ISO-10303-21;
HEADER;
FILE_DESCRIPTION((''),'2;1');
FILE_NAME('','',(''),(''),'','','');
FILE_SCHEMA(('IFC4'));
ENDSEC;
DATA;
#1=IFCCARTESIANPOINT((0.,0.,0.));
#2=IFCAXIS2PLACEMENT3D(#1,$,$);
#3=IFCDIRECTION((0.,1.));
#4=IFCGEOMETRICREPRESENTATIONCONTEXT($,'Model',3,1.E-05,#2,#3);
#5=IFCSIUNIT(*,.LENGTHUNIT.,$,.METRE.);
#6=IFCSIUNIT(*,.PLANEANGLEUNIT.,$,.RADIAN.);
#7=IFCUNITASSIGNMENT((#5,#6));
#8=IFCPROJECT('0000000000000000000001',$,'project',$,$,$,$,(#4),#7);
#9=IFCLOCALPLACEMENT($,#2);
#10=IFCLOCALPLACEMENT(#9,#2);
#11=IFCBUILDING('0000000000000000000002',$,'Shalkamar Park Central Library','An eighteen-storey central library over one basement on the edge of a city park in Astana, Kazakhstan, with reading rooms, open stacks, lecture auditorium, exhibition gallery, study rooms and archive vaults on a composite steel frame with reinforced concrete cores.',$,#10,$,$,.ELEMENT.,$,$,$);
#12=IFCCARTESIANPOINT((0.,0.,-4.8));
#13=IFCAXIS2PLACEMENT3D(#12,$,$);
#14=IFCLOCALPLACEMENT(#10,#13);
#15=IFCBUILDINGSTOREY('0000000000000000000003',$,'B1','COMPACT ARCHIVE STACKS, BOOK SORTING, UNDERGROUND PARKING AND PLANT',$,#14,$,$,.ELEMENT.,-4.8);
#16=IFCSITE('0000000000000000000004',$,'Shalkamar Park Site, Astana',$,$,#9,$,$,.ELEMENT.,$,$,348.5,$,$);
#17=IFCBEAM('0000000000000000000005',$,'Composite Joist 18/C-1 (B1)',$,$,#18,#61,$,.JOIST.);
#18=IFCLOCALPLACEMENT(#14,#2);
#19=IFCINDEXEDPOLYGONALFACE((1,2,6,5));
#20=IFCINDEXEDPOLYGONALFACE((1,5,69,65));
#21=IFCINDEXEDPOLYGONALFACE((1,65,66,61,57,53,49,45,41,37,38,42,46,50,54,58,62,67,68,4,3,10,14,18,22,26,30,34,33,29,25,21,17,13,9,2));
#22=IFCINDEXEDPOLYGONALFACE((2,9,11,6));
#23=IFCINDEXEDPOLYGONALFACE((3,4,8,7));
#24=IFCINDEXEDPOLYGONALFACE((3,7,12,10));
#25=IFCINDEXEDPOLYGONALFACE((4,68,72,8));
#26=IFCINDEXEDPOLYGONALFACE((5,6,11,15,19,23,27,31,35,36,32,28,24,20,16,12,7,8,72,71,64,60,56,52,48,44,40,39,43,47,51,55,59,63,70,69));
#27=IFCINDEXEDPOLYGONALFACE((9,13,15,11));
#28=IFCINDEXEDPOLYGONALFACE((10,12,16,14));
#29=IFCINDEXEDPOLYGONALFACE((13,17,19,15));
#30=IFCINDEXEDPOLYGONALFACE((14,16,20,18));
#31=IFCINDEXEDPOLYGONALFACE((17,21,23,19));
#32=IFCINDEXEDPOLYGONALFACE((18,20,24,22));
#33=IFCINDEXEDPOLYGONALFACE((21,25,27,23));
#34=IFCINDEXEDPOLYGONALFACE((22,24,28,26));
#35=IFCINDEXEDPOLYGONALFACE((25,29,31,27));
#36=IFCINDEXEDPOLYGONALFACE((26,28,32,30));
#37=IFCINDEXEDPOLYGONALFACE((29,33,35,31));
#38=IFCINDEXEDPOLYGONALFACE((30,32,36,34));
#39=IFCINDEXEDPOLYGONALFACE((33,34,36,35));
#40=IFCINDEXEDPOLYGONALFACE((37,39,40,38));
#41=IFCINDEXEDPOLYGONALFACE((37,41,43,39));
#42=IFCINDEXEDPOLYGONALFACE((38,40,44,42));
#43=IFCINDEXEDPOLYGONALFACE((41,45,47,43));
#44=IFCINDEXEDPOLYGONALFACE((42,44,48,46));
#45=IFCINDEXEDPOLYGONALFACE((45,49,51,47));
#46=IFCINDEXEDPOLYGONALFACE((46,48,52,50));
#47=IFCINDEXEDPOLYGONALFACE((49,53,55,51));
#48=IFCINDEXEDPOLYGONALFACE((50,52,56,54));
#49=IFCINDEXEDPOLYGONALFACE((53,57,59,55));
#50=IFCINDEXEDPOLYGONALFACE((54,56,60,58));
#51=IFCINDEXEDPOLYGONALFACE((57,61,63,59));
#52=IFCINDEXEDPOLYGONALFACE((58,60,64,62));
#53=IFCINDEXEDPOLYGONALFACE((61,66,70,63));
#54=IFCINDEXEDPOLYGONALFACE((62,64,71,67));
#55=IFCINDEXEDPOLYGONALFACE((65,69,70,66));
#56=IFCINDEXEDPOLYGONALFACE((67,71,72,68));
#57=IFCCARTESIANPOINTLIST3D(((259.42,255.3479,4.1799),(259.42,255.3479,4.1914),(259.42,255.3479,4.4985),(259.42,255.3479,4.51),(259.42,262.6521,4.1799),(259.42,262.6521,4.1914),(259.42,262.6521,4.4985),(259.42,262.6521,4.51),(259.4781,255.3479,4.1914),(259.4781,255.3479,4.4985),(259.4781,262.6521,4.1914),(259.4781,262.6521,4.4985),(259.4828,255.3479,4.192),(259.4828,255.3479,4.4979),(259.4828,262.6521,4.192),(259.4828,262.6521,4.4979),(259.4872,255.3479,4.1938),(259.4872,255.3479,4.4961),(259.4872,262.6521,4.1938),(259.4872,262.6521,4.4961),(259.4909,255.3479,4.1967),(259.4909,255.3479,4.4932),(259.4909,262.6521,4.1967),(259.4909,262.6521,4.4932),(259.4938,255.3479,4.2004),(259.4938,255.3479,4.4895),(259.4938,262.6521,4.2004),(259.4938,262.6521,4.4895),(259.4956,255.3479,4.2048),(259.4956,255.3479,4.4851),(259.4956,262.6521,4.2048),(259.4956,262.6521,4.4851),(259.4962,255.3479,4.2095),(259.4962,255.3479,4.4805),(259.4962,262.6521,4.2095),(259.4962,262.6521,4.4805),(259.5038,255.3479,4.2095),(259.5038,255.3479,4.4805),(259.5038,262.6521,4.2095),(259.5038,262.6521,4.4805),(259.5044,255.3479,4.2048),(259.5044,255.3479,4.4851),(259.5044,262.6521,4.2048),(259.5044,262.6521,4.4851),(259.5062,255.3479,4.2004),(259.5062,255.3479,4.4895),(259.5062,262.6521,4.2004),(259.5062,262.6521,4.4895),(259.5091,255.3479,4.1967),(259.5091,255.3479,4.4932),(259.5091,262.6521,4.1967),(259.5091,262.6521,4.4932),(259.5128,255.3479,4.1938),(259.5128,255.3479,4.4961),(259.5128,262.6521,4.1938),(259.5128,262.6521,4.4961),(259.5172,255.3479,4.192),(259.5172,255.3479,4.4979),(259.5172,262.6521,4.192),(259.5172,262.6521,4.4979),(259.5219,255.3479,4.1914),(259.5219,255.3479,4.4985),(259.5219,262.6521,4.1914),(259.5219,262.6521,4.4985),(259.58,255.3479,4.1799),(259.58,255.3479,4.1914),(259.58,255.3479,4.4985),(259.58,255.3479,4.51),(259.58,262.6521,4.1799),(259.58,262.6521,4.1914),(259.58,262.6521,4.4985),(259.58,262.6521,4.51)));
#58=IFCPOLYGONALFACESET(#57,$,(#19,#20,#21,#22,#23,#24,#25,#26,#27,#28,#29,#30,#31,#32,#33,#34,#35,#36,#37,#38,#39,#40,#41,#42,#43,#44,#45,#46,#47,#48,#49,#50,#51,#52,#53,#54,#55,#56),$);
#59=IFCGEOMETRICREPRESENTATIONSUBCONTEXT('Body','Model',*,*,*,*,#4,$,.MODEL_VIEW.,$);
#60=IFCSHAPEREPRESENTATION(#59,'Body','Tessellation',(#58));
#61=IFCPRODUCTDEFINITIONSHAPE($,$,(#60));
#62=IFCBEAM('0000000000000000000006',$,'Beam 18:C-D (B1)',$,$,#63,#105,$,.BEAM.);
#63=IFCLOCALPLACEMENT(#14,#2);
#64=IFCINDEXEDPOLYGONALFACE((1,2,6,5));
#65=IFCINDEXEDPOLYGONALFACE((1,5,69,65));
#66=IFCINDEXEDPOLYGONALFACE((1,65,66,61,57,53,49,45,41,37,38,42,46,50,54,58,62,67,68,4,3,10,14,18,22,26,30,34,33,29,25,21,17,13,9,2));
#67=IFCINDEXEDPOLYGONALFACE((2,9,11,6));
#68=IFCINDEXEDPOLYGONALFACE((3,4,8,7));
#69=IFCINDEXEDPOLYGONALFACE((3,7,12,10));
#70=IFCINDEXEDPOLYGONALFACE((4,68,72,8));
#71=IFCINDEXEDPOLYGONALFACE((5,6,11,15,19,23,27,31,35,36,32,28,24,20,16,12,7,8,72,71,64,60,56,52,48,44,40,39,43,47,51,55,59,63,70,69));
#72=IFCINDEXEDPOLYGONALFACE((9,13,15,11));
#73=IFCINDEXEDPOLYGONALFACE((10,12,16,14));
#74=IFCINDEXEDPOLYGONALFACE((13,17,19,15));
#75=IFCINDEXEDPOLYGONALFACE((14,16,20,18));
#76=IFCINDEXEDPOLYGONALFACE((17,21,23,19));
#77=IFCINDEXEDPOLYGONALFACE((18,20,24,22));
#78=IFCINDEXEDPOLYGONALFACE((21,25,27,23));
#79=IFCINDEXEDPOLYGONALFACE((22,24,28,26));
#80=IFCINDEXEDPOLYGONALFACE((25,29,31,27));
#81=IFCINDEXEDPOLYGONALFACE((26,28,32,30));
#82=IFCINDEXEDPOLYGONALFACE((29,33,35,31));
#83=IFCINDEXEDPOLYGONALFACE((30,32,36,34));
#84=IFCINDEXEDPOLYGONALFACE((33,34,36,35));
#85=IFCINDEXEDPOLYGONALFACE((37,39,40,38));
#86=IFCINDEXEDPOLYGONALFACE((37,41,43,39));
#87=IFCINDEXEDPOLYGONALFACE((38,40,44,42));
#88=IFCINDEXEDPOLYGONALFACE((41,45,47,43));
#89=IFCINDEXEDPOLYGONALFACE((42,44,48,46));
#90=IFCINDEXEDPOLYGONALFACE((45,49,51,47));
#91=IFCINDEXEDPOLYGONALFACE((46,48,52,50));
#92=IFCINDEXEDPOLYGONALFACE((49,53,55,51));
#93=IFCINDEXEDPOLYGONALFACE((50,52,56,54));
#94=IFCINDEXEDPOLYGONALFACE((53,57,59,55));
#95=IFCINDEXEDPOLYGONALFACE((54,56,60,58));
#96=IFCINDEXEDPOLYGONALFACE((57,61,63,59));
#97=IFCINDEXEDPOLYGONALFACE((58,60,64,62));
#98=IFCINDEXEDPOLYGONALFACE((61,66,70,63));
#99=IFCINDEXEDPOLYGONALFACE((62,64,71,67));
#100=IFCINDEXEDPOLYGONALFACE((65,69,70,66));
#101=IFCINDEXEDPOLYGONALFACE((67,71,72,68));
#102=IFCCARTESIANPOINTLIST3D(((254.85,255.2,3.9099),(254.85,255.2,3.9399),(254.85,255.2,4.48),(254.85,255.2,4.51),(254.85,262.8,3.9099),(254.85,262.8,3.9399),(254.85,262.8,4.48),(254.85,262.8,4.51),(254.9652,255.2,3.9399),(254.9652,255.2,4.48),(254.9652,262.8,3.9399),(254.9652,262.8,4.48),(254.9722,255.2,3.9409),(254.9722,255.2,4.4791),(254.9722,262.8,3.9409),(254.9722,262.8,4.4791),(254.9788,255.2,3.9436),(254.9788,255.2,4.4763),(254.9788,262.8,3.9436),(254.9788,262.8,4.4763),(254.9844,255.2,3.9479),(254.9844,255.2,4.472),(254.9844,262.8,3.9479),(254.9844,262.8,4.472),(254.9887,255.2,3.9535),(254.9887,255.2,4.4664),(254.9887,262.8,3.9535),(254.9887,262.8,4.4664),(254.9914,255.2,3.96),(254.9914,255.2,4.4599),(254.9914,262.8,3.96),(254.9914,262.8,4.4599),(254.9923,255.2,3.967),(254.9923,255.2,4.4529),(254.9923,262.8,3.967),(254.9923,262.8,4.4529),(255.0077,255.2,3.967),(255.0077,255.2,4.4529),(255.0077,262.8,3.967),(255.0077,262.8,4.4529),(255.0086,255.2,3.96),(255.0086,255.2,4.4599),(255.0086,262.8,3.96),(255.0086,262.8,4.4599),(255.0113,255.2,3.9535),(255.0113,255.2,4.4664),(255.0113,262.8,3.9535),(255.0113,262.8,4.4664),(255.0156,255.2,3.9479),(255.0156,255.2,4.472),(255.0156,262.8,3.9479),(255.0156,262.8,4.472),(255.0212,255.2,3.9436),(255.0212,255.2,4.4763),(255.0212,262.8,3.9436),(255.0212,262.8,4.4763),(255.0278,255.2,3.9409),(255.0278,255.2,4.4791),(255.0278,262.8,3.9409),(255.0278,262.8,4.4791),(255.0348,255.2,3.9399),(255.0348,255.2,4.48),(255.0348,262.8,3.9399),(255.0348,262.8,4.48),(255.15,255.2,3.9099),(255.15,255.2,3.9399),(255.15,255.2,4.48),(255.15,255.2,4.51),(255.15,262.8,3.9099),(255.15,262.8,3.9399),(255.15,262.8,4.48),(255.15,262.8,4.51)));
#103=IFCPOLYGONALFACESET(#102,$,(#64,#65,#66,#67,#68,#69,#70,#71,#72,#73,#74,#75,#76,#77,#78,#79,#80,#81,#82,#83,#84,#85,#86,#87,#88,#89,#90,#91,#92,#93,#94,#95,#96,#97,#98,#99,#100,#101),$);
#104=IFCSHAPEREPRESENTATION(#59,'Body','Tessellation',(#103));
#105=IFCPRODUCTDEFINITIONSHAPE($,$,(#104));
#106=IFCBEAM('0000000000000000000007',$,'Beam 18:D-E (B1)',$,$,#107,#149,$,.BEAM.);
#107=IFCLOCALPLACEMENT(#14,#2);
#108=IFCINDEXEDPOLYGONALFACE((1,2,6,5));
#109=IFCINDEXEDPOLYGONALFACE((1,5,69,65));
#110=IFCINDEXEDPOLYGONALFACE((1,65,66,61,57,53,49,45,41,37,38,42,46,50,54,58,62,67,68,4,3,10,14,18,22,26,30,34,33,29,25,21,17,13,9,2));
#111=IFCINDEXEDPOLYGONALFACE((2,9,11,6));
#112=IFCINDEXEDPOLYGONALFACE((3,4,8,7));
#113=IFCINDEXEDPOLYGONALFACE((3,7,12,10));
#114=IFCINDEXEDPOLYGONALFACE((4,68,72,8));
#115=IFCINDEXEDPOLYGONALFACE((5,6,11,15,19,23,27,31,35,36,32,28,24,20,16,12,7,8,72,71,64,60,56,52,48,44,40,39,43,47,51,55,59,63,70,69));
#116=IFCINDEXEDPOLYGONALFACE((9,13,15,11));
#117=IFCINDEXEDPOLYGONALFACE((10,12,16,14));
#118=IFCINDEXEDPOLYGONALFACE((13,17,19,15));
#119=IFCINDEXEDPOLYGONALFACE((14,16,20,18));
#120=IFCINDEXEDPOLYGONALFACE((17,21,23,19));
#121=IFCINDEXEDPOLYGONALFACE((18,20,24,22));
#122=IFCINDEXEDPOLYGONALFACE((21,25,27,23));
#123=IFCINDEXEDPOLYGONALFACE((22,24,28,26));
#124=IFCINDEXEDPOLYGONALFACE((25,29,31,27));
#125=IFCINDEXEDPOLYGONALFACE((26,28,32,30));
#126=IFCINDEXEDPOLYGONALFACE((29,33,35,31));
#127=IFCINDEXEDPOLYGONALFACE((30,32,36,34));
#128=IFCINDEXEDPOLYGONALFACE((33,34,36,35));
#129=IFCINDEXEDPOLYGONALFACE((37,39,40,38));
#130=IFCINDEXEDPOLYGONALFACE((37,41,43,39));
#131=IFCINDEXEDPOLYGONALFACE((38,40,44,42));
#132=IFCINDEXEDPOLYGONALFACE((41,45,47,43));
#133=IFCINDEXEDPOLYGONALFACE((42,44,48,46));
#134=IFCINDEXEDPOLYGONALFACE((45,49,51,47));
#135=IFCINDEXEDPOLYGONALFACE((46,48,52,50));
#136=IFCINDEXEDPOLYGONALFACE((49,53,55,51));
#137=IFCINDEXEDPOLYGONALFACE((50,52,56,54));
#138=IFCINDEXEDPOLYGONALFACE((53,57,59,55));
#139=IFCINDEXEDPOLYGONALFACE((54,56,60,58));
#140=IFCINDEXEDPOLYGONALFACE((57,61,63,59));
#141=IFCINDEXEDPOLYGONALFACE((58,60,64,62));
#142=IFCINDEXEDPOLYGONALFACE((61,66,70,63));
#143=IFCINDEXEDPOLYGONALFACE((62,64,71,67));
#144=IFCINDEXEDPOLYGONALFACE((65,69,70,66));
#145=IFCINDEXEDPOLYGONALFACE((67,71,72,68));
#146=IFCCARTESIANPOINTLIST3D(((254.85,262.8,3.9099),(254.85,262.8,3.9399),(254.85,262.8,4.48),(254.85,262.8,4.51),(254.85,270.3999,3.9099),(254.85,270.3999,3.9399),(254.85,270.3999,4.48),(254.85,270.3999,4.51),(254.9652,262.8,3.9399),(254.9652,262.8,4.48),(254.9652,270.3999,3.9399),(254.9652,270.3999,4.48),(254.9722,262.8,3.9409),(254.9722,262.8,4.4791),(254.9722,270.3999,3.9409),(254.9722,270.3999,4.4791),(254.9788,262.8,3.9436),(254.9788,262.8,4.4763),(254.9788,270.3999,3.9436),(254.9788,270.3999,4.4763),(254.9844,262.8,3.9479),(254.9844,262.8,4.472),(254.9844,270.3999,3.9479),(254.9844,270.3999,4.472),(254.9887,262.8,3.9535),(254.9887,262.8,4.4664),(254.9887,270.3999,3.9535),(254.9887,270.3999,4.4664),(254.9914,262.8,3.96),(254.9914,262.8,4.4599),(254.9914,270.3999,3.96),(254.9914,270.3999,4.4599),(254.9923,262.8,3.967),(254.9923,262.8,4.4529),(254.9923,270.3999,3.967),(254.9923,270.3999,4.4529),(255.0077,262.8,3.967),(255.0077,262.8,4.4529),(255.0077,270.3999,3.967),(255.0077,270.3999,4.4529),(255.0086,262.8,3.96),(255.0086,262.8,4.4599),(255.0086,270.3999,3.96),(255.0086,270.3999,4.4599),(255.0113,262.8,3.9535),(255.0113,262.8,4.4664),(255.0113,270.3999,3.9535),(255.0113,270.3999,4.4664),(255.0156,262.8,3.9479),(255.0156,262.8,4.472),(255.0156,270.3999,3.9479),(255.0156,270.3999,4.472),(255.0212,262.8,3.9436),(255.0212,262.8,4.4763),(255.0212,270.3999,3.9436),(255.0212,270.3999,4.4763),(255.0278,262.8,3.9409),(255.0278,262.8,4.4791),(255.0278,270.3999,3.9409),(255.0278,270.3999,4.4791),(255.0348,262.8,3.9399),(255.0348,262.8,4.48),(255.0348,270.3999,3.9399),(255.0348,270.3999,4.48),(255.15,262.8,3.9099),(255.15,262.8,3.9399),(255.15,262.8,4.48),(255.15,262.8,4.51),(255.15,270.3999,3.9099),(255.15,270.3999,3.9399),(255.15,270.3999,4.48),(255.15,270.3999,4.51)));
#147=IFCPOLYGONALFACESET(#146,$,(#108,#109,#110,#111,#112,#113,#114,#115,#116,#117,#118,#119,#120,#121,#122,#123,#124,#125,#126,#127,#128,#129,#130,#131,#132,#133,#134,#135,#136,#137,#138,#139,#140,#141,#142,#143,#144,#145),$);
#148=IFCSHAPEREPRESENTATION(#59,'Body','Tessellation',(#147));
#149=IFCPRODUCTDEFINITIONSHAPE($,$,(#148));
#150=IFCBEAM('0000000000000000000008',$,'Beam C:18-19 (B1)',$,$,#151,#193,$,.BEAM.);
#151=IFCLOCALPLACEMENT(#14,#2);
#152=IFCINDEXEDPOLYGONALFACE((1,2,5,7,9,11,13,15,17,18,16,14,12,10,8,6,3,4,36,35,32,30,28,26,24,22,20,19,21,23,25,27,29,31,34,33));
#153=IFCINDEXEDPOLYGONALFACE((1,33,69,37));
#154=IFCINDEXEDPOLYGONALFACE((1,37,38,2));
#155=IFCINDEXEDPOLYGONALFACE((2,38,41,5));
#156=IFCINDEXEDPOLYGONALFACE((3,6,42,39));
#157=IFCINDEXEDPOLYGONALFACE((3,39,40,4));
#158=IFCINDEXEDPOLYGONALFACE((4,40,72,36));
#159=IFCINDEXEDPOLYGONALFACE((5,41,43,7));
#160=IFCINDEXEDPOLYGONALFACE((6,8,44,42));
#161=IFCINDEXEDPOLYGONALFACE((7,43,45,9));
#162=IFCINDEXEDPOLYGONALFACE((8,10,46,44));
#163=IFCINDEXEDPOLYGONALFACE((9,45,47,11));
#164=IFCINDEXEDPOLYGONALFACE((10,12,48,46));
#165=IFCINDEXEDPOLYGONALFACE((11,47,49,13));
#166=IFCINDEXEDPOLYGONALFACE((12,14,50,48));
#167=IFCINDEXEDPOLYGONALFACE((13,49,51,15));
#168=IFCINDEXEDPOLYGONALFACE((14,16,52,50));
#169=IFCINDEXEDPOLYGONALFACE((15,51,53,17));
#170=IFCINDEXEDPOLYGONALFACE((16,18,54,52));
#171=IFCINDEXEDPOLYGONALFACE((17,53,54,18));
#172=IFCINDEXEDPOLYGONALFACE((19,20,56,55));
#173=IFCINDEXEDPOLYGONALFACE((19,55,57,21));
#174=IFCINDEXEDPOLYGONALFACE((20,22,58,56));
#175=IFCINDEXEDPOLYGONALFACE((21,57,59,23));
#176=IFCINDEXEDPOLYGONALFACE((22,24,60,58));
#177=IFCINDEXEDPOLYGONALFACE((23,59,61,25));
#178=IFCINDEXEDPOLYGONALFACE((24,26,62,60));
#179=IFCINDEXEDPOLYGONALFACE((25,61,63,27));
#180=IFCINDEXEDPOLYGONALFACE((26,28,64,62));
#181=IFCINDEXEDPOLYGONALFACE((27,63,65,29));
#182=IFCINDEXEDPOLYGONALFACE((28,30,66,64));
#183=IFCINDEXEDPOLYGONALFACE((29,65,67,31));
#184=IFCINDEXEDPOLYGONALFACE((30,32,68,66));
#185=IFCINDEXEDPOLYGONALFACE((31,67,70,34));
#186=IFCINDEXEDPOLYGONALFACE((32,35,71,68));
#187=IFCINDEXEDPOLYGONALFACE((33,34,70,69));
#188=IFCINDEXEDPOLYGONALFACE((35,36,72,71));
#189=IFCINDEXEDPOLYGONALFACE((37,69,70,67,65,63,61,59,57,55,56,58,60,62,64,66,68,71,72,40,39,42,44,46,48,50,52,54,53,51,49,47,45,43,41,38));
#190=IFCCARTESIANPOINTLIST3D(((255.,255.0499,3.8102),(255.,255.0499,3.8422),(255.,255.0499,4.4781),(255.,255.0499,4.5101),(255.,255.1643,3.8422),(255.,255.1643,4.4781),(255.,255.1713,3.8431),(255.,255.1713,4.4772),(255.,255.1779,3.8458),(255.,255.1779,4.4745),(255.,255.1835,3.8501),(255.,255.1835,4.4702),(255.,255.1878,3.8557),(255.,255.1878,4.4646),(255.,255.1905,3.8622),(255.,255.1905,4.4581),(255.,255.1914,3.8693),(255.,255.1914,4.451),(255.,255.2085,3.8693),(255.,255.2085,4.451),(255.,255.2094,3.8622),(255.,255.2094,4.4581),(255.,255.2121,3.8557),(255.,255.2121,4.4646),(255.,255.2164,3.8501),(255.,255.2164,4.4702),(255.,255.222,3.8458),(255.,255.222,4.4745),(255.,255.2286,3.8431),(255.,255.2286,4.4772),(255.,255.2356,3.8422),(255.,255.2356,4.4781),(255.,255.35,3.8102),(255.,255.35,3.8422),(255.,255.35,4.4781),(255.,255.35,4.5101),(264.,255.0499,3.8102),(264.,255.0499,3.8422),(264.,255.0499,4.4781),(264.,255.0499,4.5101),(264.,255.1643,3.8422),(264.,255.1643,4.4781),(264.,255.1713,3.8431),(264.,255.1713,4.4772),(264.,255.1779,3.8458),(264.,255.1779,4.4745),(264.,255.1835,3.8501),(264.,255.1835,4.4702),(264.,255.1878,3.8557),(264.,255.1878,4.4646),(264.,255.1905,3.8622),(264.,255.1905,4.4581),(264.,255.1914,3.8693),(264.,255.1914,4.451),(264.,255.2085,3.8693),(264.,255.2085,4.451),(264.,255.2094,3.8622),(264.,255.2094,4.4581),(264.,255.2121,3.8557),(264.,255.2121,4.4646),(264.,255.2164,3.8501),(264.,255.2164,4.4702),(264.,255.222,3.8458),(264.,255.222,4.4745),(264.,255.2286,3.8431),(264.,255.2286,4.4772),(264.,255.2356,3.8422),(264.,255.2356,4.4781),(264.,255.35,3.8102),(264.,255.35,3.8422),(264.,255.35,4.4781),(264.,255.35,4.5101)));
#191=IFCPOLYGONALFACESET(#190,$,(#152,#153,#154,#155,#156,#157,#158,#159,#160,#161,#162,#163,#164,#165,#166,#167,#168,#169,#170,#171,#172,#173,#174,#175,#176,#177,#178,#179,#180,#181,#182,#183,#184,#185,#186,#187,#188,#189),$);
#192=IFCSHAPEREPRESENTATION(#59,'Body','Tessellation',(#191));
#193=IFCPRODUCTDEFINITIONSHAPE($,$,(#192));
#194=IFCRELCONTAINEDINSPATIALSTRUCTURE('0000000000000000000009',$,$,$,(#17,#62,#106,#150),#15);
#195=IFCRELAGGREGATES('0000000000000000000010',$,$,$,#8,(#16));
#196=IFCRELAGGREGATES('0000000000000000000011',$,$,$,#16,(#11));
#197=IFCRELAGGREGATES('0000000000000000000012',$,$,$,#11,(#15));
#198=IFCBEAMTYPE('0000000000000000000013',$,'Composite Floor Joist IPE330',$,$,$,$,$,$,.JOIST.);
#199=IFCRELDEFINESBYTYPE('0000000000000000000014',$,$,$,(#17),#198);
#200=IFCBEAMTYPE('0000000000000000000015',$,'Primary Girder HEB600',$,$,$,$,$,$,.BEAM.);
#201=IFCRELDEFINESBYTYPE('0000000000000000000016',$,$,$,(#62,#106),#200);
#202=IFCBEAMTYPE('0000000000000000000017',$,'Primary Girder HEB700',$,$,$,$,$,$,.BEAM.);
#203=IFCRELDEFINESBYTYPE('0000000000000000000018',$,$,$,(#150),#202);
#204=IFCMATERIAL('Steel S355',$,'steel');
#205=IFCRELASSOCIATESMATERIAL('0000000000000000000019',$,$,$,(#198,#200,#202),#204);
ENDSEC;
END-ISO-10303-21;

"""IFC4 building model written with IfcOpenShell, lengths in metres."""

from ifc_helpers import new_model, si_unit, direction, frame, origin, origin_2d, place, context, subcontext, project, spatial, i_section, extrude, material, material_profile, profile_set, type_object, element, save


model = new_model("IFC4")

# Units and contexts
model_context = context("Model", 3, precision=1e-05, world=origin(), true_north=direction((0.0, 1.0)))
body_context = subcontext(model_context, "Body", "Model", "MODEL_VIEW")
ifc_project = project(units=[si_unit("LENGTHUNIT", "METRE"), si_unit("PLANEANGLEUNIT", "RADIAN")], contexts=[model_context])

# Site, building, storey
site_placement = place(None, origin())
site = spatial("IfcSite", under=ifc_project, at=site_placement, Name="Shalkamar Park Site, Astana", CompositionType="ELEMENT", RefElevation=348.5)
building_placement = place(site_placement, origin())
building = spatial("IfcBuilding", under=site, at=building_placement, Name="Shalkamar Park Central Library", Description="An eighteen-storey central library over one basement on the edge of a city park in Astana, Kazakhstan, with reading rooms, open stacks, lecture auditorium, exhibition gallery, study rooms and archive vaults on a composite steel frame with reinforced concrete cores.", CompositionType="ELEMENT")
storey_placement = place(building_placement, frame((0.0, 0.0, -4.8)))
storey = spatial("IfcBuildingStorey", under=building, at=storey_placement, Name="B1", Description="COMPACT ARCHIVE STACKS, BOOK SORTING, UNDERGROUND PARKING AND PLANT", CompositionType="ELEMENT", Elevation=-4.8)

# Shared definitions
ifc_material_1 = material(Name="Steel S355", Category="steel")

# Beams
ifc_material_profile_1 = material_profile(ifc_material_1, i_section(OverallWidth=0.1599, OverallDepth=0.3301, WebThickness=0.0076, FlangeThickness=0.0115, FilletRadius=0.0181, at=origin_2d()), Name="IPE 330")
ifc_profile_set_1 = profile_set([ifc_material_profile_1], Name="Steel S355")
beam_type_1 = type_object("IfcBeamType", Name="Composite Floor Joist IPE330", PredefinedType="JOIST", material=ifc_profile_set_1)
beam_1_placement = place(storey_placement, frame((259.5, 255.3479, 4.345), z_axis=(0.0, 1.0, 0.0), x_axis=(-1.0, 0.0, 0.0)))
element("IfcBeam", 1, at=beam_1_placement, inside=storey, type_object=beam_type_1, Name="Composite Joist 18/C-1 (B1)", PredefinedType="JOIST", context=body_context, shape_type="SweptSolid", body=[
    extrude(i_section(OverallWidth=0.1599, OverallDepth=0.3301, WebThickness=0.0076, FlangeThickness=0.0115, FilletRadius=0.0181, at=origin_2d()), origin(), (0.0, 0.0, 1.0), 7.3042),
])
ifc_material_profile_2 = material_profile(ifc_material_1, i_section(OverallWidth=0.3, OverallDepth=0.6001, WebThickness=0.0154, FlangeThickness=0.03, FilletRadius=0.0271, at=origin_2d()), Name="HEB 600")
ifc_profile_set_2 = profile_set([ifc_material_profile_2], Name="Steel S355")
beam_type_2 = type_object("IfcBeamType", Name="Primary Girder HEB600", PredefinedType="BEAM", material=ifc_profile_set_2)
beam_2_placement = place(storey_placement, frame((255.0, 255.2, 4.21), z_axis=(0.0, 1.0, 0.0), x_axis=(-1.0, 0.0, 0.0)))
element("IfcBeam", 2, at=beam_2_placement, inside=storey, type_object=beam_type_2, Name="Beam 18:C-D (B1)", PredefinedType="BEAM", context=body_context, shape_type="SweptSolid", body=[
    extrude(i_section(OverallWidth=0.3, OverallDepth=0.6001, WebThickness=0.0154, FlangeThickness=0.03, FilletRadius=0.0271, at=origin_2d()), origin(), (0.0, 0.0, 1.0), 7.6001),
])
beam_3_placement = place(storey_placement, frame((255.0, 262.8, 4.21), z_axis=(0.0, 1.0, 0.0), x_axis=(-1.0, 0.0, 0.0)))
element("IfcBeam", 3, at=beam_3_placement, inside=storey, type_object=beam_type_2, Name="Beam 18:D-E (B1)", PredefinedType="BEAM", context=body_context, shape_type="SweptSolid", body=[
    extrude(i_section(OverallWidth=0.3, OverallDepth=0.6001, WebThickness=0.0154, FlangeThickness=0.03, FilletRadius=0.0271, at=origin_2d()), origin(), (0.0, 0.0, 1.0), 7.5999),
])
ifc_material_profile_3 = material_profile(ifc_material_1, i_section(OverallWidth=0.3, OverallDepth=0.7, WebThickness=0.0171, FlangeThickness=0.032, FilletRadius=0.0271, at=origin_2d()), Name="HEB 700")
ifc_profile_set_3 = profile_set([ifc_material_profile_3], Name="Steel S355")
beam_type_3 = type_object("IfcBeamType", Name="Primary Girder HEB700", PredefinedType="BEAM", material=ifc_profile_set_3)
for number, where, z_axis, x_axis, name in (
    (4, (255.0, 255.2, 4.1602), (1.0, 0.0, 0.0), (0.0, 1.0, 0.0), "Beam C:18-19 (B1)"),
):
    element("IfcBeam", number, at=place(storey_placement, frame(where, z_axis=z_axis, x_axis=x_axis)), inside=storey, type_object=beam_type_3, Name=name, PredefinedType="BEAM", context=body_context, shape_type="SweptSolid", body=[
        extrude(i_section(OverallWidth=0.3, OverallDepth=0.7, WebThickness=0.0171, FlangeThickness=0.032, FilletRadius=0.0271, at=origin_2d()), origin(), (0.0, 0.0, 1.0), 9.0),
    ])

save(model, "model.ifc")
